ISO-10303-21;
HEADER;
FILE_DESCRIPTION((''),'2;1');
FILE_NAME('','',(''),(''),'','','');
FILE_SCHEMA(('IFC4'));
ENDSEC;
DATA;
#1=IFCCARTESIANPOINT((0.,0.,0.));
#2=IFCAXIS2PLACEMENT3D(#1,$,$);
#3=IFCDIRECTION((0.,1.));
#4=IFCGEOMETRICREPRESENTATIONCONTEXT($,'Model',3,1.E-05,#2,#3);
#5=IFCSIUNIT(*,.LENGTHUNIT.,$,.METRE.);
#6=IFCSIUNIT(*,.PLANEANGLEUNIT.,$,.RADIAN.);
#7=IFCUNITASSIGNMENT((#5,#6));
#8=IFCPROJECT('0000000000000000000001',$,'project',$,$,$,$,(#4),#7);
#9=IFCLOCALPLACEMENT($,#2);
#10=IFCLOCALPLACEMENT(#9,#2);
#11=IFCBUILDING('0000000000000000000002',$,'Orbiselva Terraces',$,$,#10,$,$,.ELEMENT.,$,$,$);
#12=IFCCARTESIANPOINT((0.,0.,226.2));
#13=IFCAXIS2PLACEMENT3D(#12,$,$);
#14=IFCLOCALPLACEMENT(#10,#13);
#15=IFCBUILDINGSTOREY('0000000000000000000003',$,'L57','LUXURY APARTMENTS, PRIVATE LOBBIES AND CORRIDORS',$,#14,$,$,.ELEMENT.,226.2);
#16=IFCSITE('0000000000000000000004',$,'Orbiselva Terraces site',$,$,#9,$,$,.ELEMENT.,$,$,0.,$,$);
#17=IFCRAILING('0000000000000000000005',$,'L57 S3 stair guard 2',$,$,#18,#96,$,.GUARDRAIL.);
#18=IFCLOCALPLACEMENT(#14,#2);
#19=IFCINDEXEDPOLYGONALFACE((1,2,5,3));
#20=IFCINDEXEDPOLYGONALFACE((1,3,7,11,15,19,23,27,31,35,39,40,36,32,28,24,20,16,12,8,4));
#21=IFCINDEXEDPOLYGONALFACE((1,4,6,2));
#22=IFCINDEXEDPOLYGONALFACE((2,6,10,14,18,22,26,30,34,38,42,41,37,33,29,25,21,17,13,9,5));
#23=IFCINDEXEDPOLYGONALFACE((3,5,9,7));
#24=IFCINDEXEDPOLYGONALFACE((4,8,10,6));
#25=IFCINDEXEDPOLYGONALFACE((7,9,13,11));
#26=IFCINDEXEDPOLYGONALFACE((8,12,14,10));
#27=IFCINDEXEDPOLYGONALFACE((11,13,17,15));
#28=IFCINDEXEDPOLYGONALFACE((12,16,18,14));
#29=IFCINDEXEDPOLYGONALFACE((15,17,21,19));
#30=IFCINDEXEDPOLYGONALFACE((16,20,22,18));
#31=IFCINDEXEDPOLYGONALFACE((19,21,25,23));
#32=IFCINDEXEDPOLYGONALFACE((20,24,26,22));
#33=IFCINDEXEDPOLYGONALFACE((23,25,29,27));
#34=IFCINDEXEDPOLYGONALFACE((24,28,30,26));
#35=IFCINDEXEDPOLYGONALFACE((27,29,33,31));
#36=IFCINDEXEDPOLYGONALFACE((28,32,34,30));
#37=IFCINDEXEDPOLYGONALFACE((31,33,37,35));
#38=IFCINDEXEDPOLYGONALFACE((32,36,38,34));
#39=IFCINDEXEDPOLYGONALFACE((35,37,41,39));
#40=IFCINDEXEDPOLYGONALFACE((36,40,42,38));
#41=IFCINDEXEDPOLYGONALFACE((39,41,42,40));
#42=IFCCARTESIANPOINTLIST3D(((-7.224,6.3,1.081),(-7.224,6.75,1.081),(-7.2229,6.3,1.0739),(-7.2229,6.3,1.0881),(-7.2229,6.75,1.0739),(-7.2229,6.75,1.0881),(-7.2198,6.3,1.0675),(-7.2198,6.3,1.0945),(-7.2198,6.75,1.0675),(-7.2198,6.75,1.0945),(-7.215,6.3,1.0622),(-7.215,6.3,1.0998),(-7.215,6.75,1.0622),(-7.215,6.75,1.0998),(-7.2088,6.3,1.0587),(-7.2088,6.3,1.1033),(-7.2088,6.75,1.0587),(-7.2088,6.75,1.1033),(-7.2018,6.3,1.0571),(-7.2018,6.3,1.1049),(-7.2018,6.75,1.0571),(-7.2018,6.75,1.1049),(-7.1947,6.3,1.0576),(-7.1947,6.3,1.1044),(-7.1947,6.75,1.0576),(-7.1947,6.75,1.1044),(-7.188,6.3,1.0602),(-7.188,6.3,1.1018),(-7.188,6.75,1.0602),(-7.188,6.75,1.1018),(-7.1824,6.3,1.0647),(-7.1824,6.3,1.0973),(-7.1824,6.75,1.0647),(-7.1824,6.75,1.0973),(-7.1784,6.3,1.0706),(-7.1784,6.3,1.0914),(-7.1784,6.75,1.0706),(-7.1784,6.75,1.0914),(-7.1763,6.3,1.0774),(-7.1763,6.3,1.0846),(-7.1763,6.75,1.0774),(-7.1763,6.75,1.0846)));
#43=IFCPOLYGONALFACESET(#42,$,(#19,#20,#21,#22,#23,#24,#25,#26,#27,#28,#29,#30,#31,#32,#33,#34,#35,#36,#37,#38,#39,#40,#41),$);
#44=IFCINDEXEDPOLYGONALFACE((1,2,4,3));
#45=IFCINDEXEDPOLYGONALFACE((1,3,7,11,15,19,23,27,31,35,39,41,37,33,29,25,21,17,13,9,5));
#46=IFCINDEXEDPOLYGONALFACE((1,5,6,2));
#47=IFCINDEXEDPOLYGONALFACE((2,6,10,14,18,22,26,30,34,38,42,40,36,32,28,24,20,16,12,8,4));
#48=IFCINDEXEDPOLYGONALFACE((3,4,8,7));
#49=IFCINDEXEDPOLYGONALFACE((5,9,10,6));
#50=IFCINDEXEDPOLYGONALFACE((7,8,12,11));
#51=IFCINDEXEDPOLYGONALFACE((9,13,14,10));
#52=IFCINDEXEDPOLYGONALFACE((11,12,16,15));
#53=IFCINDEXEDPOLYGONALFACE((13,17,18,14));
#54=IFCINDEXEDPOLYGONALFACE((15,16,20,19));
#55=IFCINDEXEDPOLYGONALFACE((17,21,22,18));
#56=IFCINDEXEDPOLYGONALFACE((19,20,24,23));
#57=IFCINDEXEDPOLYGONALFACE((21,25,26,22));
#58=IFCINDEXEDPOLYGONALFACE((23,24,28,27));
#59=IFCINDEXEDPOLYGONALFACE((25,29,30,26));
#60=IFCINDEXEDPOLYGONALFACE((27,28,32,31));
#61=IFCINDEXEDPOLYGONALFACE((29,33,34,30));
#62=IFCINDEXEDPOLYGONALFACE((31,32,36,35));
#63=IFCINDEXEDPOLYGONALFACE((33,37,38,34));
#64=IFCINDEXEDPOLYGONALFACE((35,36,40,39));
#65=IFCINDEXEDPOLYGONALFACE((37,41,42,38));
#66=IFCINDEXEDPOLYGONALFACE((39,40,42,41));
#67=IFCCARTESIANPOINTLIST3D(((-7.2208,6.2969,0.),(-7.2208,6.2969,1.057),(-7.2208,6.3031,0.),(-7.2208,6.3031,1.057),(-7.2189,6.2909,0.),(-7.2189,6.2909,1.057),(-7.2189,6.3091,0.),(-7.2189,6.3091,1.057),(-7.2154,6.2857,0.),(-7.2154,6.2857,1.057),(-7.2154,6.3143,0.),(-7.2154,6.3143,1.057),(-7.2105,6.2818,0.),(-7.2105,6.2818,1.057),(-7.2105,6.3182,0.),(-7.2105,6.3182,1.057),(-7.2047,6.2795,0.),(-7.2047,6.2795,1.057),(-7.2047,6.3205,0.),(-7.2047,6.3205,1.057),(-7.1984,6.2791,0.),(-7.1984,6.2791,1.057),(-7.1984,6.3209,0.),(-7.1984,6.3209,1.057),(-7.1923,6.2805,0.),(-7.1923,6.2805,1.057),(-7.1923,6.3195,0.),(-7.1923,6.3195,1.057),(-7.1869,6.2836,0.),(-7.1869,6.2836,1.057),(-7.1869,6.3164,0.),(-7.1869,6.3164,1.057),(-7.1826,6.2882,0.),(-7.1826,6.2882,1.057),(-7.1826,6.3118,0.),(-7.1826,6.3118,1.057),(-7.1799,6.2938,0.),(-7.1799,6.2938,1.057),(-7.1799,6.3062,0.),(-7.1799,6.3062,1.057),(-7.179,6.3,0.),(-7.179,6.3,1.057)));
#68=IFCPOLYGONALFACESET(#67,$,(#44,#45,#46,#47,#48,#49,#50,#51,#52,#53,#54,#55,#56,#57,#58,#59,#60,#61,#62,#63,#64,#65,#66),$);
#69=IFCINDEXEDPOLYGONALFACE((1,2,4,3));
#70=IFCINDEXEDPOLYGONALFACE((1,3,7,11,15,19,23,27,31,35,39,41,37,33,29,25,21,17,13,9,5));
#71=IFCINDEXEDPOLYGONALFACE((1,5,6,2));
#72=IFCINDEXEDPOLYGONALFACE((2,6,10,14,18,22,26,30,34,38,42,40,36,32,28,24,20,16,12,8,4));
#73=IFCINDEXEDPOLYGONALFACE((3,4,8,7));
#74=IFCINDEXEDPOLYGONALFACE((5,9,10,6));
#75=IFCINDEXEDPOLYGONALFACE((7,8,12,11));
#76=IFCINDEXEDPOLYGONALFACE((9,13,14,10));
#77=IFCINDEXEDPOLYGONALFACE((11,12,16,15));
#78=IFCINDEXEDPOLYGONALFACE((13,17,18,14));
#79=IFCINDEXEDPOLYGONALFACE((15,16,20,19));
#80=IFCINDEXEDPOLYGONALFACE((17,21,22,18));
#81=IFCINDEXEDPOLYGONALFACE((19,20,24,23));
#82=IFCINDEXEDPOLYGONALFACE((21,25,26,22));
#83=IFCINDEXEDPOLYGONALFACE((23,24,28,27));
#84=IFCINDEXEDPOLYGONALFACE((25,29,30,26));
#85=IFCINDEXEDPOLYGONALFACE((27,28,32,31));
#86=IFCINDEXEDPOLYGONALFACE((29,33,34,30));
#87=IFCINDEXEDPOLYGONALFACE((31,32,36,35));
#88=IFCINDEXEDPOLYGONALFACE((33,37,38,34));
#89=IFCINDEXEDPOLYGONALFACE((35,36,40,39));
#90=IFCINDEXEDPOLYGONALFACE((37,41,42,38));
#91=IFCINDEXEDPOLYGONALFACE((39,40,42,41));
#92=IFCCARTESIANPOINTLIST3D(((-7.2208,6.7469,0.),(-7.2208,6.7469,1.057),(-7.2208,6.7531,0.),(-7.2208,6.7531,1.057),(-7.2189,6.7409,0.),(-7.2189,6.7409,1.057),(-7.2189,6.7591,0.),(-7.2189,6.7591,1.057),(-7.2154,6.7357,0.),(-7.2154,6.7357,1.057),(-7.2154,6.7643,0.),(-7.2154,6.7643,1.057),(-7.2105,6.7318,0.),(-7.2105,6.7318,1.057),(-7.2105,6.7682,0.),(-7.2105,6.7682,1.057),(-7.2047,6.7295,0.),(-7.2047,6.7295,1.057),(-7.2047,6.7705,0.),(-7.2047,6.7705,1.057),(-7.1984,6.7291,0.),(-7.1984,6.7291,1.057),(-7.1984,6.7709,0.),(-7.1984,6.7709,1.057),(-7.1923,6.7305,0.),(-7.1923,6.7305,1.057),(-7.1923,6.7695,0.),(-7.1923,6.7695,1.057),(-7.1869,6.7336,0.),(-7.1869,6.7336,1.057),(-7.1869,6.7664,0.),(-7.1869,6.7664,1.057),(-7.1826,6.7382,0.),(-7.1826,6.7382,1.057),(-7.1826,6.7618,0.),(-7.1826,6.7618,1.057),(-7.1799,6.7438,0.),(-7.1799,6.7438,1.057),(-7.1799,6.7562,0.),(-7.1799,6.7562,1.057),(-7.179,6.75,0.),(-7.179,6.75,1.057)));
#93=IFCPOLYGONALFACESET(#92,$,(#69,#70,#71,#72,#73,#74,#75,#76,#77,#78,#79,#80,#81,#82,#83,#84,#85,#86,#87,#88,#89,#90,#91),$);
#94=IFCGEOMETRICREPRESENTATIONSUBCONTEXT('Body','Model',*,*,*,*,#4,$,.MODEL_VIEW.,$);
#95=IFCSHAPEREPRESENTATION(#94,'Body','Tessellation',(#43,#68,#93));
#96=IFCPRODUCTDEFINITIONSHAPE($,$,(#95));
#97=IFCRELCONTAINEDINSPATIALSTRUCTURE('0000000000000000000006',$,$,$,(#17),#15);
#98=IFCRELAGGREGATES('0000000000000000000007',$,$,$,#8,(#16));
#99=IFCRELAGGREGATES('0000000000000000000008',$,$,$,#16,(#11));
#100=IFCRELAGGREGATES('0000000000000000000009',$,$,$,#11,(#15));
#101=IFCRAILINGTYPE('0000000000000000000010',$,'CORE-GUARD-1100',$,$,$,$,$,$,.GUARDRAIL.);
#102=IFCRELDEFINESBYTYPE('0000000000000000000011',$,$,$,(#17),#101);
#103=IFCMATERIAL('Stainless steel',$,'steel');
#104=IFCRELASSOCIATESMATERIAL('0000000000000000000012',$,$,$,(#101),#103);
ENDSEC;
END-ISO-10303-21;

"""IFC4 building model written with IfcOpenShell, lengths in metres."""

from ifc_helpers import new_model, si_unit, direction, frame, origin, origin_2d, place, context, subcontext, project, spatial, circle, extrude, material, type_object, element, save


model = new_model("IFC4")

# Units and contexts
model_context = context("Model", 3, precision=1e-05, world=origin(), true_north=direction((0.0, 1.0)))
body_context = subcontext(model_context, "Body", "Model", "MODEL_VIEW")
ifc_project = project(units=[si_unit("LENGTHUNIT", "METRE"), si_unit("PLANEANGLEUNIT", "RADIAN")], contexts=[model_context])

# Site, building, storey
site_placement = place(None, origin())
site = spatial("IfcSite", under=ifc_project, at=site_placement, Name="Orbiselva Terraces site", CompositionType="ELEMENT", RefElevation=0.0)
building_placement = place(site_placement, origin())
building = spatial("IfcBuilding", under=site, at=building_placement, Name="Orbiselva Terraces", CompositionType="ELEMENT")
storey_placement = place(building_placement, frame((0.0, 0.0, 226.2)))
storey = spatial("IfcBuildingStorey", under=building, at=storey_placement, Name="L57", Description="LUXURY APARTMENTS, PRIVATE LOBBIES AND CORRIDORS", CompositionType="ELEMENT", Elevation=226.2)

# Railing
ifc_material_1 = material(Name="Stainless steel", Category="steel")
railing_type_1 = type_object("IfcRailingType", Name="CORE-GUARD-1100", PredefinedType="GUARDRAIL", material=ifc_material_1)
railing_1_placement = place(storey_placement, frame((-7.2, 6.3, 0.0)))
element("IfcRailing", 1, at=railing_1_placement, inside=storey, type_object=railing_type_1, Name="L57 S3 stair guard 2", PredefinedType="GUARDRAIL", context=body_context, shape_type="SweptSolid", body=[
    extrude(circle(Radius=0.024, at=origin_2d()), frame((0.0, 0.0, 1.081), z_axis=(0.0, 1.0, 0.0), x_axis=(-1.0, 0.0, 0.0)), (0.0, 0.0, 1.0), 0.45),
    extrude(circle(Radius=0.021, at=origin_2d()), origin(), (0.0, 0.0, 1.0), 1.057),
    extrude(circle(Radius=0.021, at=origin_2d()), frame((0.0, 0.45, 0.0)), (0.0, 0.0, 1.0), 1.057),
])

save(model, "model.ifc")
